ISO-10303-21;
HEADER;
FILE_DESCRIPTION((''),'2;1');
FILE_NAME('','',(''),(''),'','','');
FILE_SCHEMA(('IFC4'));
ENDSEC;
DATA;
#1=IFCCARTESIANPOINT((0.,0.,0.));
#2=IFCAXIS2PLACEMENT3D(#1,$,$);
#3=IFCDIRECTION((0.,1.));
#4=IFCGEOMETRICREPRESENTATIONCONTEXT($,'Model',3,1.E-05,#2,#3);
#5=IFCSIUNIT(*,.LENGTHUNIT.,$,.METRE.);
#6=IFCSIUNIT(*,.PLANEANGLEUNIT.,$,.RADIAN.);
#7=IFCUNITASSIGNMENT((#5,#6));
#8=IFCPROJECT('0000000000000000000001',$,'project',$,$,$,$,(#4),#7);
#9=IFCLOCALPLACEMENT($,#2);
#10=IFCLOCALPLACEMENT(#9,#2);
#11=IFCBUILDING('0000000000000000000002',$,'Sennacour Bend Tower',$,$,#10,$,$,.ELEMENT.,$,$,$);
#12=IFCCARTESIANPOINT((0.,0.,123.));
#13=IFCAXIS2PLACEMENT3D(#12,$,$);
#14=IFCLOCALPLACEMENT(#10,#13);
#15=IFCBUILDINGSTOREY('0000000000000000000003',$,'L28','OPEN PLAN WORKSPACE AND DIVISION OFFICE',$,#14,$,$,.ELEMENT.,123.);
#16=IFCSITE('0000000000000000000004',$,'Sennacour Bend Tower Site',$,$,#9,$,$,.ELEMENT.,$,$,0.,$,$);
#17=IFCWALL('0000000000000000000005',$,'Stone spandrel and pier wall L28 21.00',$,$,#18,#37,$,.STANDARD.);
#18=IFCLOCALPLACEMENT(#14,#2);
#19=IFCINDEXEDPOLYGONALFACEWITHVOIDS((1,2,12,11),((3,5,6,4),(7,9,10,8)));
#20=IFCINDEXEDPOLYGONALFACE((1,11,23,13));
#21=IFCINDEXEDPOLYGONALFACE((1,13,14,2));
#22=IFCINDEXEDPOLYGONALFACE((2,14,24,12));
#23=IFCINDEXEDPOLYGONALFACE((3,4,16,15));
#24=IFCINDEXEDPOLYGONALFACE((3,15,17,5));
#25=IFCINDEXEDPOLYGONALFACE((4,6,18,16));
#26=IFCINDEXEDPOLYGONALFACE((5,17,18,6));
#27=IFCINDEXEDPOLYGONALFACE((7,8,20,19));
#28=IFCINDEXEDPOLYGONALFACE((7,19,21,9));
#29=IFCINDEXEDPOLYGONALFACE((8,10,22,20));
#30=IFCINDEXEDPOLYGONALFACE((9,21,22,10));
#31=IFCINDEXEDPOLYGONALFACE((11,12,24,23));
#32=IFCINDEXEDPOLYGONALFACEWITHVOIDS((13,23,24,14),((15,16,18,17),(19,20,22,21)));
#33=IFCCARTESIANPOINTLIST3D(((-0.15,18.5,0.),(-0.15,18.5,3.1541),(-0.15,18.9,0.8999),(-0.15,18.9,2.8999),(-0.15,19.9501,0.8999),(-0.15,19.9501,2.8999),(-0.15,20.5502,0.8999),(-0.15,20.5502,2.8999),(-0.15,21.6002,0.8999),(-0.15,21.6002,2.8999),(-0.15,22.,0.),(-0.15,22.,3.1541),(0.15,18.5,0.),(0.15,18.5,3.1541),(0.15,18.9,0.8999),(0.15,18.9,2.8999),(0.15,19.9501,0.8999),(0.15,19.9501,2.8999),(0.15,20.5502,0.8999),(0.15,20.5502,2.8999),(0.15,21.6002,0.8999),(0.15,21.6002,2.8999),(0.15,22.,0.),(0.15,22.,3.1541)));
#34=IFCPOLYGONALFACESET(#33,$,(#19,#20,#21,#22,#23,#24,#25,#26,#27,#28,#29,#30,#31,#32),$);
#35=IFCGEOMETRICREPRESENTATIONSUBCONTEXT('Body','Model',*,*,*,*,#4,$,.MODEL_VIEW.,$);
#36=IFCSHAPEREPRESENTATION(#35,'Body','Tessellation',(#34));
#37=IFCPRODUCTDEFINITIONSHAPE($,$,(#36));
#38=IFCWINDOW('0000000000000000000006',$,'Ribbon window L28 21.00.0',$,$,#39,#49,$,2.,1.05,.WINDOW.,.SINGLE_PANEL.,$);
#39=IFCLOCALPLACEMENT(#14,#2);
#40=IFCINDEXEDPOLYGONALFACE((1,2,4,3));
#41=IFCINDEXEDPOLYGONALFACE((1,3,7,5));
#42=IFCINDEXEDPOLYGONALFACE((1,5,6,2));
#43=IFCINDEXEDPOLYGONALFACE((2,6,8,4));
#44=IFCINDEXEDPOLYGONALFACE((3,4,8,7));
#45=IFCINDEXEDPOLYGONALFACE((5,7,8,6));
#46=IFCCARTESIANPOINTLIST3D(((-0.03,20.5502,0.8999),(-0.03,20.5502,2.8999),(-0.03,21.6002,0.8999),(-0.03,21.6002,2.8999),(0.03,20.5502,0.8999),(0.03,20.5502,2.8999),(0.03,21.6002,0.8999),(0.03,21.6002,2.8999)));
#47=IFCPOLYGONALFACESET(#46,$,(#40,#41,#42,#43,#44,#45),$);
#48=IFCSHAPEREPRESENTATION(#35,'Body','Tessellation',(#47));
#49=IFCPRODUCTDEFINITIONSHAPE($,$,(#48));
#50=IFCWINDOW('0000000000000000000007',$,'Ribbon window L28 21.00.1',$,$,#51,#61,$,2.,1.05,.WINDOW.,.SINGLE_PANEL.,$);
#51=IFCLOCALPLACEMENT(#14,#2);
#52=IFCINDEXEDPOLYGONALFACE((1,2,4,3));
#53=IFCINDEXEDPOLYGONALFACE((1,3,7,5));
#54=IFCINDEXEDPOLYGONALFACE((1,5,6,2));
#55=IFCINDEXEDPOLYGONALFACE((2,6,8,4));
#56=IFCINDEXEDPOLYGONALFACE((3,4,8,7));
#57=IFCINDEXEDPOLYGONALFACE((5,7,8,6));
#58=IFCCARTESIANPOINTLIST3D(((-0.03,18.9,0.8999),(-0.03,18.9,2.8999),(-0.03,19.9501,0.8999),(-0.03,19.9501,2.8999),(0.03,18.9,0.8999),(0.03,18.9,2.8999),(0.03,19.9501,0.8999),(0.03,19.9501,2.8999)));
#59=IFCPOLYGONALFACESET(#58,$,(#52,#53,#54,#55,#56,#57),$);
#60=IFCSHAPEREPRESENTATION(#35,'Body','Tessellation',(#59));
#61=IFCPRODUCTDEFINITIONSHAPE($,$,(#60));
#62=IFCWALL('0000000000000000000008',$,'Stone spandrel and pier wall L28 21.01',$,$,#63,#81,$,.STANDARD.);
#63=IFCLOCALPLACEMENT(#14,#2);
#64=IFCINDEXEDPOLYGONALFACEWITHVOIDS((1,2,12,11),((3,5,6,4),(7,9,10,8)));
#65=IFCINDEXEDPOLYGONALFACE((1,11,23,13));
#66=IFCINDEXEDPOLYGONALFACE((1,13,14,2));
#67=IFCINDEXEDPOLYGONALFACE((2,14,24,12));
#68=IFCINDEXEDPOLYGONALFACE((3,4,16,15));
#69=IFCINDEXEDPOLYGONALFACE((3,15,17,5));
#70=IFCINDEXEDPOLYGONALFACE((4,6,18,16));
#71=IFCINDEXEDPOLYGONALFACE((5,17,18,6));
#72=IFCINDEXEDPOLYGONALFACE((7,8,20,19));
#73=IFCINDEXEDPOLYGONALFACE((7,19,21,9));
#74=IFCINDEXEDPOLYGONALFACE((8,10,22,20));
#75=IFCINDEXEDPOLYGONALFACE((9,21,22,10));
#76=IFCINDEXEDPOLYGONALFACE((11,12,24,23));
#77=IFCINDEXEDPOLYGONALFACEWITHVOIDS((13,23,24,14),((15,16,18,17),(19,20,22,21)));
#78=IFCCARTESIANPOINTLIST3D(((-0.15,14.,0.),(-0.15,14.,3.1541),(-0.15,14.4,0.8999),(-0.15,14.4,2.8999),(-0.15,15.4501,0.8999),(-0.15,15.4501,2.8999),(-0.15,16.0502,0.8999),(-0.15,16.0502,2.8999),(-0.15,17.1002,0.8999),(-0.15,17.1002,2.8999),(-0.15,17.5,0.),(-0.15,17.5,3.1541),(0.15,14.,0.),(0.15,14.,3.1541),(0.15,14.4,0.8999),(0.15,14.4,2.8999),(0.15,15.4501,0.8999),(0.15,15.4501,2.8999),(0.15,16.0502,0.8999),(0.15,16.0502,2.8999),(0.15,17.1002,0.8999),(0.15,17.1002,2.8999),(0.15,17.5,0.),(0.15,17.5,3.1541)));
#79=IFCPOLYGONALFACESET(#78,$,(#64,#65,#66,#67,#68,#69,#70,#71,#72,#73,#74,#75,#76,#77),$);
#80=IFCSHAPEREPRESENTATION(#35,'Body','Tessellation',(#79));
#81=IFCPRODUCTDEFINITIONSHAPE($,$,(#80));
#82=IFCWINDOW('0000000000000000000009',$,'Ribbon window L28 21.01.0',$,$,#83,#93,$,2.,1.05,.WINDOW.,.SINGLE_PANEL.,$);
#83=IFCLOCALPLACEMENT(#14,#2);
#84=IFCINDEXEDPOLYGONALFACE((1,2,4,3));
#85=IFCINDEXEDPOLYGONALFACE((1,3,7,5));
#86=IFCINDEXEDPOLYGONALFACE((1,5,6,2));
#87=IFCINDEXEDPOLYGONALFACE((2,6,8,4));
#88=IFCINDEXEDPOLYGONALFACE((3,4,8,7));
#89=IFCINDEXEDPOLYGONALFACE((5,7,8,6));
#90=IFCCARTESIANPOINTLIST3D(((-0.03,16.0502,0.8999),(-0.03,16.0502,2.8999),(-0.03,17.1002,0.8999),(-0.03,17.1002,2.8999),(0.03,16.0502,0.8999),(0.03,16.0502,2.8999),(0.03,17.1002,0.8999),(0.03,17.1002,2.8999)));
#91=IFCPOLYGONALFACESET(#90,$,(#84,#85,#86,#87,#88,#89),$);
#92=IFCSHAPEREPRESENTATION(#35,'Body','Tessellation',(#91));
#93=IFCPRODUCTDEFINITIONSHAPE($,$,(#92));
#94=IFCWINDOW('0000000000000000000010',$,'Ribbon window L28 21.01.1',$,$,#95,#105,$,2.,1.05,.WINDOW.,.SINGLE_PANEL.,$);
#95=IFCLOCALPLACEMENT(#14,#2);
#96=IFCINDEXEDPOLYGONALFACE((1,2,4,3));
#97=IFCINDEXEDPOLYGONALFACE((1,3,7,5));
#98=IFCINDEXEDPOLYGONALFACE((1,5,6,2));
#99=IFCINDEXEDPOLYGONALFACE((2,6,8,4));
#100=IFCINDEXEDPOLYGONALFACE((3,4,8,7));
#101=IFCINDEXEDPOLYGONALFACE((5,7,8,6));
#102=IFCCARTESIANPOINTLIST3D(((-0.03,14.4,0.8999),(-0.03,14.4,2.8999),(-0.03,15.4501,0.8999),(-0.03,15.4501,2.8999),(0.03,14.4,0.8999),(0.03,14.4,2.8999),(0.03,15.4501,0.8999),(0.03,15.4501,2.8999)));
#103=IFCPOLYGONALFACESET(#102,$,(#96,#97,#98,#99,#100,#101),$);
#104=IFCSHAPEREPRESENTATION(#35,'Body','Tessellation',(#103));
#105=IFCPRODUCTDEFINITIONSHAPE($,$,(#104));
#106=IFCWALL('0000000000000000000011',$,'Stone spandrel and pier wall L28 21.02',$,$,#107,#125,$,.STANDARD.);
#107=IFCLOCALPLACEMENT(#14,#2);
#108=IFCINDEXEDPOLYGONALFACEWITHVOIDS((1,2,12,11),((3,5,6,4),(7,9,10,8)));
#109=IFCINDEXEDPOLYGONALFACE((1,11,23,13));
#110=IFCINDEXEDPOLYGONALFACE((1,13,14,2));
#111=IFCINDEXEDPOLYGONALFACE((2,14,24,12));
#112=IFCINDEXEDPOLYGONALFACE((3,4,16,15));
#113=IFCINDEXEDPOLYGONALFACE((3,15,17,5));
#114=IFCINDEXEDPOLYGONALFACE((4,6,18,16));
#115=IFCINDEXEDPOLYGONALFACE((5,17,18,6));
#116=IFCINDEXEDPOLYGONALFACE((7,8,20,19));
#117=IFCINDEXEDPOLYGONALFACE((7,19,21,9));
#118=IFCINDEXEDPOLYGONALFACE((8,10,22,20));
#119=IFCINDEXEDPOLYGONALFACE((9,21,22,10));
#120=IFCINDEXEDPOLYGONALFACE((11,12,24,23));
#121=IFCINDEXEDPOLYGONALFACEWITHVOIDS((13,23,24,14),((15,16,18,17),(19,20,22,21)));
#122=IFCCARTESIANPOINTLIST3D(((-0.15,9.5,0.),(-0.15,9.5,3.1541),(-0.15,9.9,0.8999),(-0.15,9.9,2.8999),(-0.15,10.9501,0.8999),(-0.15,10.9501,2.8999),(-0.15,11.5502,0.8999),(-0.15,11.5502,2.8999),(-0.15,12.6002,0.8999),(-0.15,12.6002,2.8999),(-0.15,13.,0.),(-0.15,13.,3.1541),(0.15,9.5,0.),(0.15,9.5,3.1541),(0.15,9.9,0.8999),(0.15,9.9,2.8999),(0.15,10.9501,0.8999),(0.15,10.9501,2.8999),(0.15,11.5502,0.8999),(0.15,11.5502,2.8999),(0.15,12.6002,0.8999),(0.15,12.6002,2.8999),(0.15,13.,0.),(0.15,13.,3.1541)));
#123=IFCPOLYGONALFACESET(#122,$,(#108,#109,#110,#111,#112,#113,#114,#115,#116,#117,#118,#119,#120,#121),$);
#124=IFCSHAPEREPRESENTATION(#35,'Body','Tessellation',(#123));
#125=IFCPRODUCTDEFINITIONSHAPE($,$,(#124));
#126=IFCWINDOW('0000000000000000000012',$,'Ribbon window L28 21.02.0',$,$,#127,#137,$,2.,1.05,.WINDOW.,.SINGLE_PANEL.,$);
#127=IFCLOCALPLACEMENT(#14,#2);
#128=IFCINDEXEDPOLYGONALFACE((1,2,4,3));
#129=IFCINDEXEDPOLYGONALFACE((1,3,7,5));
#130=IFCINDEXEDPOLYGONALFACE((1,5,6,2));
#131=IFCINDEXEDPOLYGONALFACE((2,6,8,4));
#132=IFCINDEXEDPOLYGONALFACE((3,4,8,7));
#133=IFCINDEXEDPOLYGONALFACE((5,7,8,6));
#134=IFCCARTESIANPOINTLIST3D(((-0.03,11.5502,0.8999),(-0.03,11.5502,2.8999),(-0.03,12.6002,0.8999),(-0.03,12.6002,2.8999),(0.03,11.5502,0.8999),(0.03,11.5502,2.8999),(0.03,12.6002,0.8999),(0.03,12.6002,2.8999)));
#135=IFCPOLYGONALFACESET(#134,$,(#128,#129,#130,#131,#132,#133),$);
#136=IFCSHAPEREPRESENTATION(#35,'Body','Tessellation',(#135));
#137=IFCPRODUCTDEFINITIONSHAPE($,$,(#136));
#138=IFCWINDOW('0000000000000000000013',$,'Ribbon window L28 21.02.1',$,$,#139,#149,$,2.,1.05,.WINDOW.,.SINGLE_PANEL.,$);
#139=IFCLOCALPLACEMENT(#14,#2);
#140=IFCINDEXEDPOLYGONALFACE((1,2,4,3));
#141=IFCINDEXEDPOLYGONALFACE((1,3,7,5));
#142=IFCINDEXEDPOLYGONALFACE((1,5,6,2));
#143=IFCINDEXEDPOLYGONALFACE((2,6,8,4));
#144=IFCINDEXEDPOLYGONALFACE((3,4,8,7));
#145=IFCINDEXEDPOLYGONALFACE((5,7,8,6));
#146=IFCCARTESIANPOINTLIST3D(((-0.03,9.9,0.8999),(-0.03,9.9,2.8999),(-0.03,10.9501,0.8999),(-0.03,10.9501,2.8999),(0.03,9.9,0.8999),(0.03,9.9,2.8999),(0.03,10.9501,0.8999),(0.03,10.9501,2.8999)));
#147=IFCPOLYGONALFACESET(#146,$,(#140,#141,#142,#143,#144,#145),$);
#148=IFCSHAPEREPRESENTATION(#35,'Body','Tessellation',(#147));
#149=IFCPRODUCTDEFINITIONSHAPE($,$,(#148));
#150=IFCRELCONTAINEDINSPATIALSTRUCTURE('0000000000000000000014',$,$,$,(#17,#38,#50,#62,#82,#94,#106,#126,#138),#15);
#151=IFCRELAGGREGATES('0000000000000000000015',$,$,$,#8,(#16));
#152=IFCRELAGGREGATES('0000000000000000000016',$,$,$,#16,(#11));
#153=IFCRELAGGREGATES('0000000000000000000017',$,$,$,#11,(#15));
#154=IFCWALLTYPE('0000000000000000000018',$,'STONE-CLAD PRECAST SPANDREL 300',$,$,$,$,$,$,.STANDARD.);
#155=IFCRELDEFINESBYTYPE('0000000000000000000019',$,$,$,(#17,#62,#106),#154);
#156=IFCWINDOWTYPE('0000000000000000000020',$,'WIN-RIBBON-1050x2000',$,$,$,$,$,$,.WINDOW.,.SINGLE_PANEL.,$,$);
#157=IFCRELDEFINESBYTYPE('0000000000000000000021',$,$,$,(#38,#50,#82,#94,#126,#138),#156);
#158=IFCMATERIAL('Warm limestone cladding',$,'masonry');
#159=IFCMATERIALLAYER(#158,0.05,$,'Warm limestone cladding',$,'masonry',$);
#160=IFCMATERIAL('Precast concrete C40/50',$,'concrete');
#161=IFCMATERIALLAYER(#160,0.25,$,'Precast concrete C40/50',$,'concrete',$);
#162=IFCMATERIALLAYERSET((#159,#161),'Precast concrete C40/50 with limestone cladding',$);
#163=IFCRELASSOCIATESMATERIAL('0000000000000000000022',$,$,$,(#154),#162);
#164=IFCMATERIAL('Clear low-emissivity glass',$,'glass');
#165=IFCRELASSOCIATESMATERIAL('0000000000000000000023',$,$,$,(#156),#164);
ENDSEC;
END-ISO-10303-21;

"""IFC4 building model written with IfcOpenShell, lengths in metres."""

from ifc_helpers import new_model, si_unit, direction, frame, frame_2d, origin, place, context, subcontext, project, spatial, rectangle, extrude, material, layer, layer_set, type_object, element, fill, save


model = new_model("IFC4")

# Units and contexts
model_context = context("Model", 3, precision=1e-05, world=origin(), true_north=direction((0.0, 1.0)))
body_context = subcontext(model_context, "Body", "Model", "MODEL_VIEW")
ifc_project = project(units=[si_unit("LENGTHUNIT", "METRE"), si_unit("PLANEANGLEUNIT", "RADIAN")], contexts=[model_context])

# Site, building, storey
site_placement = place(None, origin())
site = spatial("IfcSite", under=ifc_project, at=site_placement, Name="Sennacour Bend Tower Site", CompositionType="ELEMENT", RefElevation=0.0)
building_placement = place(site_placement, origin())
building = spatial("IfcBuilding", under=site, at=building_placement, Name="Sennacour Bend Tower", CompositionType="ELEMENT")
storey_placement = place(building_placement, frame((0.0, 0.0, 123.0)))
storey = spatial("IfcBuildingStorey", under=building, at=storey_placement, Name="L28", Description="OPEN PLAN WORKSPACE AND DIVISION OFFICE", CompositionType="ELEMENT", Elevation=123.0)

# Walls, openings, windows
ifc_material_1 = material(Name="Warm limestone cladding", Category="masonry")
ifc_layer_1 = layer(ifc_material_1, 0.05, Name="Warm limestone cladding", Category="masonry")
ifc_material_2 = material(Name="Precast concrete C40/50", Category="concrete")
ifc_layer_2 = layer(ifc_material_2, 0.25, Name="Precast concrete C40/50", Category="concrete")
ifc_layer_set = layer_set([ifc_layer_1, ifc_layer_2], Name="Precast concrete C40/50 with limestone cladding")
wall_type = type_object("IfcWallType", Name="STONE-CLAD PRECAST SPANDREL 300", PredefinedType="STANDARD", material=ifc_layer_set)
wall_1_placement = place(storey_placement, frame((0.0, 22.0, 0.0), z_axis=(0.0, 0.0, 1.0), x_axis=(0.0, -1.0, 0.0)))
wall_1 = element("IfcWall", 1, at=wall_1_placement, inside=storey, type_object=wall_type, Name="Stone spandrel and pier wall L28 21.00", PredefinedType="STANDARD", context=body_context, shape_type="SweptSolid", body=[
    extrude(rectangle(XDim=3.5, YDim=0.3, at=frame_2d((1.75, 0.0))), origin(), (0.0, 0.0, 1.0), 3.1541),
])
opening_1_placement = place(wall_1_placement, frame((0.3999, 0.0, 0.8999)))
opening_1 = element("IfcOpeningElement", 2, at=opening_1_placement, cuts=wall_1, PredefinedType="OPENING", context=body_context, shape_type="SweptSolid", body=[
    extrude(rectangle(XDim=1.05, YDim=2.0, at=frame_2d((0.5249, 1.0))), frame((0.0, 0.1602, 0.0), z_axis=(0.0, -1.0, 0.0), x_axis=(1.0, 0.0, 0.0)), (0.0, 0.0, 1.0), 0.3201),
])
opening_2_placement = place(wall_1_placement, frame((2.05, 0.0, 0.8999)))
opening_2 = element("IfcOpeningElement", 3, at=opening_2_placement, cuts=wall_1, PredefinedType="OPENING", context=body_context, shape_type="SweptSolid", body=[
    extrude(rectangle(XDim=1.05, YDim=2.0, at=frame_2d((0.5249, 1.0))), frame((0.0, 0.1602, 0.0), z_axis=(0.0, -1.0, 0.0), x_axis=(1.0, 0.0, 0.0)), (0.0, 0.0, 1.0), 0.3201),
])
ifc_material_3 = material(Name="Clear low-emissivity glass", Category="glass")
window_type = type_object("IfcWindowType", Name="WIN-RIBBON-1050x2000", PartitioningType="SINGLE_PANEL", PredefinedType="WINDOW", material=ifc_material_3)
window_1_placement = place(opening_1_placement, origin())
window_1 = element("IfcWindow", 4, at=window_1_placement, inside=storey, type_object=window_type, Name="Ribbon window L28 21.00.0", OverallHeight=2.0, OverallWidth=1.05, PartitioningType="SINGLE_PANEL", PredefinedType="WINDOW", context=body_context, shape_type="SweptSolid", body=[
    extrude(rectangle(XDim=1.05, YDim=2.0, at=frame_2d((0.5249, 1.0))), frame((0.0, 0.03, 0.0), z_axis=(0.0, -1.0, 0.0), x_axis=(1.0, 0.0, 0.0)), (0.0, 0.0, 1.0), 0.0601),
])
fill(opening_1, window_1)
window_2_placement = place(opening_2_placement, origin())
window_2 = element("IfcWindow", 5, at=window_2_placement, inside=storey, type_object=window_type, Name="Ribbon window L28 21.00.1", OverallHeight=2.0, OverallWidth=1.05, PartitioningType="SINGLE_PANEL", PredefinedType="WINDOW", context=body_context, shape_type="SweptSolid", body=[
    extrude(rectangle(XDim=1.05, YDim=2.0, at=frame_2d((0.5249, 1.0))), frame((0.0, 0.03, 0.0), z_axis=(0.0, -1.0, 0.0), x_axis=(1.0, 0.0, 0.0)), (0.0, 0.0, 1.0), 0.0601),
])
fill(opening_2, window_2)
wall_2_placement = place(storey_placement, frame((0.0, 17.5, 0.0), z_axis=(0.0, 0.0, 1.0), x_axis=(0.0, -1.0, 0.0)))
wall_2 = element("IfcWall", 6, at=wall_2_placement, inside=storey, type_object=wall_type, Name="Stone spandrel and pier wall L28 21.01", PredefinedType="STANDARD", context=body_context, shape_type="SweptSolid", body=[
    extrude(rectangle(XDim=3.5, YDim=0.3, at=frame_2d((1.75, 0.0))), origin(), (0.0, 0.0, 1.0), 3.1541),
])
opening_3_placement = place(wall_2_placement, frame((0.3999, 0.0, 0.8999)))
opening_3 = element("IfcOpeningElement", 7, at=opening_3_placement, cuts=wall_2, PredefinedType="OPENING", context=body_context, shape_type="SweptSolid", body=[
    extrude(rectangle(XDim=1.05, YDim=2.0, at=frame_2d((0.5249, 1.0))), frame((0.0, 0.1602, 0.0), z_axis=(0.0, -1.0, 0.0), x_axis=(1.0, 0.0, 0.0)), (0.0, 0.0, 1.0), 0.3201),
])
opening_4_placement = place(wall_2_placement, frame((2.05, 0.0, 0.8999)))
opening_4 = element("IfcOpeningElement", 8, at=opening_4_placement, cuts=wall_2, PredefinedType="OPENING", context=body_context, shape_type="SweptSolid", body=[
    extrude(rectangle(XDim=1.05, YDim=2.0, at=frame_2d((0.5249, 1.0))), frame((0.0, 0.1602, 0.0), z_axis=(0.0, -1.0, 0.0), x_axis=(1.0, 0.0, 0.0)), (0.0, 0.0, 1.0), 0.3201),
])
window_3_placement = place(opening_3_placement, origin())
window_3 = element("IfcWindow", 9, at=window_3_placement, inside=storey, type_object=window_type, Name="Ribbon window L28 21.01.0", OverallHeight=2.0, OverallWidth=1.05, PartitioningType="SINGLE_PANEL", PredefinedType="WINDOW", context=body_context, shape_type="SweptSolid", body=[
    extrude(rectangle(XDim=1.05, YDim=2.0, at=frame_2d((0.5249, 1.0))), frame((0.0, 0.03, 0.0), z_axis=(0.0, -1.0, 0.0), x_axis=(1.0, 0.0, 0.0)), (0.0, 0.0, 1.0), 0.0601),
])
fill(opening_3, window_3)
window_4_placement = place(opening_4_placement, origin())
window_4 = element("IfcWindow", 10, at=window_4_placement, inside=storey, type_object=window_type, Name="Ribbon window L28 21.01.1", OverallHeight=2.0, OverallWidth=1.05, PartitioningType="SINGLE_PANEL", PredefinedType="WINDOW", context=body_context, shape_type="SweptSolid", body=[
    extrude(rectangle(XDim=1.05, YDim=2.0, at=frame_2d((0.5249, 1.0))), frame((0.0, 0.03, 0.0), z_axis=(0.0, -1.0, 0.0), x_axis=(1.0, 0.0, 0.0)), (0.0, 0.0, 1.0), 0.0601),
])
fill(opening_4, window_4)
wall_3_placement = place(storey_placement, frame((0.0, 13.0, 0.0), z_axis=(0.0, 0.0, 1.0), x_axis=(0.0, -1.0, 0.0)))
wall_3 = element("IfcWall", 11, at=wall_3_placement, inside=storey, type_object=wall_type, Name="Stone spandrel and pier wall L28 21.02", PredefinedType="STANDARD", context=body_context, shape_type="SweptSolid", body=[
    extrude(rectangle(XDim=3.5, YDim=0.3, at=frame_2d((1.75, 0.0))), origin(), (0.0, 0.0, 1.0), 3.1541),
])
opening_5_placement = place(wall_3_placement, frame((0.3999, 0.0, 0.8999)))
opening_5 = element("IfcOpeningElement", 12, at=opening_5_placement, cuts=wall_3, PredefinedType="OPENING", context=body_context, shape_type="SweptSolid", body=[
    extrude(rectangle(XDim=1.05, YDim=2.0, at=frame_2d((0.5249, 1.0))), frame((0.0, 0.1602, 0.0), z_axis=(0.0, -1.0, 0.0), x_axis=(1.0, 0.0, 0.0)), (0.0, 0.0, 1.0), 0.3201),
])
opening_6_placement = place(wall_3_placement, frame((2.05, 0.0, 0.8999)))
opening_6 = element("IfcOpeningElement", 13, at=opening_6_placement, cuts=wall_3, PredefinedType="OPENING", context=body_context, shape_type="SweptSolid", body=[
    extrude(rectangle(XDim=1.05, YDim=2.0, at=frame_2d((0.5249, 1.0))), frame((0.0, 0.1602, 0.0), z_axis=(0.0, -1.0, 0.0), x_axis=(1.0, 0.0, 0.0)), (0.0, 0.0, 1.0), 0.3201),
])
window_5_placement = place(opening_5_placement, origin())
window_5 = element("IfcWindow", 14, at=window_5_placement, inside=storey, type_object=window_type, Name="Ribbon window L28 21.02.0", OverallHeight=2.0, OverallWidth=1.05, PartitioningType="SINGLE_PANEL", PredefinedType="WINDOW", context=body_context, shape_type="SweptSolid", body=[
    extrude(rectangle(XDim=1.05, YDim=2.0, at=frame_2d((0.5249, 1.0))), frame((0.0, 0.03, 0.0), z_axis=(0.0, -1.0, 0.0), x_axis=(1.0, 0.0, 0.0)), (0.0, 0.0, 1.0), 0.0601),
])
fill(opening_5, window_5)
window_6_placement = place(opening_6_placement, origin())
window_6 = element("IfcWindow", 15, at=window_6_placement, inside=storey, type_object=window_type, Name="Ribbon window L28 21.02.1", OverallHeight=2.0, OverallWidth=1.05, PartitioningType="SINGLE_PANEL", PredefinedType="WINDOW", context=body_context, shape_type="SweptSolid", body=[
    extrude(rectangle(XDim=1.05, YDim=2.0, at=frame_2d((0.5249, 1.0))), frame((0.0, 0.03, 0.0), z_axis=(0.0, -1.0, 0.0), x_axis=(1.0, 0.0, 0.0)), (0.0, 0.0, 1.0), 0.0601),
])
fill(opening_6, window_6)

save(model, "model.ifc")
